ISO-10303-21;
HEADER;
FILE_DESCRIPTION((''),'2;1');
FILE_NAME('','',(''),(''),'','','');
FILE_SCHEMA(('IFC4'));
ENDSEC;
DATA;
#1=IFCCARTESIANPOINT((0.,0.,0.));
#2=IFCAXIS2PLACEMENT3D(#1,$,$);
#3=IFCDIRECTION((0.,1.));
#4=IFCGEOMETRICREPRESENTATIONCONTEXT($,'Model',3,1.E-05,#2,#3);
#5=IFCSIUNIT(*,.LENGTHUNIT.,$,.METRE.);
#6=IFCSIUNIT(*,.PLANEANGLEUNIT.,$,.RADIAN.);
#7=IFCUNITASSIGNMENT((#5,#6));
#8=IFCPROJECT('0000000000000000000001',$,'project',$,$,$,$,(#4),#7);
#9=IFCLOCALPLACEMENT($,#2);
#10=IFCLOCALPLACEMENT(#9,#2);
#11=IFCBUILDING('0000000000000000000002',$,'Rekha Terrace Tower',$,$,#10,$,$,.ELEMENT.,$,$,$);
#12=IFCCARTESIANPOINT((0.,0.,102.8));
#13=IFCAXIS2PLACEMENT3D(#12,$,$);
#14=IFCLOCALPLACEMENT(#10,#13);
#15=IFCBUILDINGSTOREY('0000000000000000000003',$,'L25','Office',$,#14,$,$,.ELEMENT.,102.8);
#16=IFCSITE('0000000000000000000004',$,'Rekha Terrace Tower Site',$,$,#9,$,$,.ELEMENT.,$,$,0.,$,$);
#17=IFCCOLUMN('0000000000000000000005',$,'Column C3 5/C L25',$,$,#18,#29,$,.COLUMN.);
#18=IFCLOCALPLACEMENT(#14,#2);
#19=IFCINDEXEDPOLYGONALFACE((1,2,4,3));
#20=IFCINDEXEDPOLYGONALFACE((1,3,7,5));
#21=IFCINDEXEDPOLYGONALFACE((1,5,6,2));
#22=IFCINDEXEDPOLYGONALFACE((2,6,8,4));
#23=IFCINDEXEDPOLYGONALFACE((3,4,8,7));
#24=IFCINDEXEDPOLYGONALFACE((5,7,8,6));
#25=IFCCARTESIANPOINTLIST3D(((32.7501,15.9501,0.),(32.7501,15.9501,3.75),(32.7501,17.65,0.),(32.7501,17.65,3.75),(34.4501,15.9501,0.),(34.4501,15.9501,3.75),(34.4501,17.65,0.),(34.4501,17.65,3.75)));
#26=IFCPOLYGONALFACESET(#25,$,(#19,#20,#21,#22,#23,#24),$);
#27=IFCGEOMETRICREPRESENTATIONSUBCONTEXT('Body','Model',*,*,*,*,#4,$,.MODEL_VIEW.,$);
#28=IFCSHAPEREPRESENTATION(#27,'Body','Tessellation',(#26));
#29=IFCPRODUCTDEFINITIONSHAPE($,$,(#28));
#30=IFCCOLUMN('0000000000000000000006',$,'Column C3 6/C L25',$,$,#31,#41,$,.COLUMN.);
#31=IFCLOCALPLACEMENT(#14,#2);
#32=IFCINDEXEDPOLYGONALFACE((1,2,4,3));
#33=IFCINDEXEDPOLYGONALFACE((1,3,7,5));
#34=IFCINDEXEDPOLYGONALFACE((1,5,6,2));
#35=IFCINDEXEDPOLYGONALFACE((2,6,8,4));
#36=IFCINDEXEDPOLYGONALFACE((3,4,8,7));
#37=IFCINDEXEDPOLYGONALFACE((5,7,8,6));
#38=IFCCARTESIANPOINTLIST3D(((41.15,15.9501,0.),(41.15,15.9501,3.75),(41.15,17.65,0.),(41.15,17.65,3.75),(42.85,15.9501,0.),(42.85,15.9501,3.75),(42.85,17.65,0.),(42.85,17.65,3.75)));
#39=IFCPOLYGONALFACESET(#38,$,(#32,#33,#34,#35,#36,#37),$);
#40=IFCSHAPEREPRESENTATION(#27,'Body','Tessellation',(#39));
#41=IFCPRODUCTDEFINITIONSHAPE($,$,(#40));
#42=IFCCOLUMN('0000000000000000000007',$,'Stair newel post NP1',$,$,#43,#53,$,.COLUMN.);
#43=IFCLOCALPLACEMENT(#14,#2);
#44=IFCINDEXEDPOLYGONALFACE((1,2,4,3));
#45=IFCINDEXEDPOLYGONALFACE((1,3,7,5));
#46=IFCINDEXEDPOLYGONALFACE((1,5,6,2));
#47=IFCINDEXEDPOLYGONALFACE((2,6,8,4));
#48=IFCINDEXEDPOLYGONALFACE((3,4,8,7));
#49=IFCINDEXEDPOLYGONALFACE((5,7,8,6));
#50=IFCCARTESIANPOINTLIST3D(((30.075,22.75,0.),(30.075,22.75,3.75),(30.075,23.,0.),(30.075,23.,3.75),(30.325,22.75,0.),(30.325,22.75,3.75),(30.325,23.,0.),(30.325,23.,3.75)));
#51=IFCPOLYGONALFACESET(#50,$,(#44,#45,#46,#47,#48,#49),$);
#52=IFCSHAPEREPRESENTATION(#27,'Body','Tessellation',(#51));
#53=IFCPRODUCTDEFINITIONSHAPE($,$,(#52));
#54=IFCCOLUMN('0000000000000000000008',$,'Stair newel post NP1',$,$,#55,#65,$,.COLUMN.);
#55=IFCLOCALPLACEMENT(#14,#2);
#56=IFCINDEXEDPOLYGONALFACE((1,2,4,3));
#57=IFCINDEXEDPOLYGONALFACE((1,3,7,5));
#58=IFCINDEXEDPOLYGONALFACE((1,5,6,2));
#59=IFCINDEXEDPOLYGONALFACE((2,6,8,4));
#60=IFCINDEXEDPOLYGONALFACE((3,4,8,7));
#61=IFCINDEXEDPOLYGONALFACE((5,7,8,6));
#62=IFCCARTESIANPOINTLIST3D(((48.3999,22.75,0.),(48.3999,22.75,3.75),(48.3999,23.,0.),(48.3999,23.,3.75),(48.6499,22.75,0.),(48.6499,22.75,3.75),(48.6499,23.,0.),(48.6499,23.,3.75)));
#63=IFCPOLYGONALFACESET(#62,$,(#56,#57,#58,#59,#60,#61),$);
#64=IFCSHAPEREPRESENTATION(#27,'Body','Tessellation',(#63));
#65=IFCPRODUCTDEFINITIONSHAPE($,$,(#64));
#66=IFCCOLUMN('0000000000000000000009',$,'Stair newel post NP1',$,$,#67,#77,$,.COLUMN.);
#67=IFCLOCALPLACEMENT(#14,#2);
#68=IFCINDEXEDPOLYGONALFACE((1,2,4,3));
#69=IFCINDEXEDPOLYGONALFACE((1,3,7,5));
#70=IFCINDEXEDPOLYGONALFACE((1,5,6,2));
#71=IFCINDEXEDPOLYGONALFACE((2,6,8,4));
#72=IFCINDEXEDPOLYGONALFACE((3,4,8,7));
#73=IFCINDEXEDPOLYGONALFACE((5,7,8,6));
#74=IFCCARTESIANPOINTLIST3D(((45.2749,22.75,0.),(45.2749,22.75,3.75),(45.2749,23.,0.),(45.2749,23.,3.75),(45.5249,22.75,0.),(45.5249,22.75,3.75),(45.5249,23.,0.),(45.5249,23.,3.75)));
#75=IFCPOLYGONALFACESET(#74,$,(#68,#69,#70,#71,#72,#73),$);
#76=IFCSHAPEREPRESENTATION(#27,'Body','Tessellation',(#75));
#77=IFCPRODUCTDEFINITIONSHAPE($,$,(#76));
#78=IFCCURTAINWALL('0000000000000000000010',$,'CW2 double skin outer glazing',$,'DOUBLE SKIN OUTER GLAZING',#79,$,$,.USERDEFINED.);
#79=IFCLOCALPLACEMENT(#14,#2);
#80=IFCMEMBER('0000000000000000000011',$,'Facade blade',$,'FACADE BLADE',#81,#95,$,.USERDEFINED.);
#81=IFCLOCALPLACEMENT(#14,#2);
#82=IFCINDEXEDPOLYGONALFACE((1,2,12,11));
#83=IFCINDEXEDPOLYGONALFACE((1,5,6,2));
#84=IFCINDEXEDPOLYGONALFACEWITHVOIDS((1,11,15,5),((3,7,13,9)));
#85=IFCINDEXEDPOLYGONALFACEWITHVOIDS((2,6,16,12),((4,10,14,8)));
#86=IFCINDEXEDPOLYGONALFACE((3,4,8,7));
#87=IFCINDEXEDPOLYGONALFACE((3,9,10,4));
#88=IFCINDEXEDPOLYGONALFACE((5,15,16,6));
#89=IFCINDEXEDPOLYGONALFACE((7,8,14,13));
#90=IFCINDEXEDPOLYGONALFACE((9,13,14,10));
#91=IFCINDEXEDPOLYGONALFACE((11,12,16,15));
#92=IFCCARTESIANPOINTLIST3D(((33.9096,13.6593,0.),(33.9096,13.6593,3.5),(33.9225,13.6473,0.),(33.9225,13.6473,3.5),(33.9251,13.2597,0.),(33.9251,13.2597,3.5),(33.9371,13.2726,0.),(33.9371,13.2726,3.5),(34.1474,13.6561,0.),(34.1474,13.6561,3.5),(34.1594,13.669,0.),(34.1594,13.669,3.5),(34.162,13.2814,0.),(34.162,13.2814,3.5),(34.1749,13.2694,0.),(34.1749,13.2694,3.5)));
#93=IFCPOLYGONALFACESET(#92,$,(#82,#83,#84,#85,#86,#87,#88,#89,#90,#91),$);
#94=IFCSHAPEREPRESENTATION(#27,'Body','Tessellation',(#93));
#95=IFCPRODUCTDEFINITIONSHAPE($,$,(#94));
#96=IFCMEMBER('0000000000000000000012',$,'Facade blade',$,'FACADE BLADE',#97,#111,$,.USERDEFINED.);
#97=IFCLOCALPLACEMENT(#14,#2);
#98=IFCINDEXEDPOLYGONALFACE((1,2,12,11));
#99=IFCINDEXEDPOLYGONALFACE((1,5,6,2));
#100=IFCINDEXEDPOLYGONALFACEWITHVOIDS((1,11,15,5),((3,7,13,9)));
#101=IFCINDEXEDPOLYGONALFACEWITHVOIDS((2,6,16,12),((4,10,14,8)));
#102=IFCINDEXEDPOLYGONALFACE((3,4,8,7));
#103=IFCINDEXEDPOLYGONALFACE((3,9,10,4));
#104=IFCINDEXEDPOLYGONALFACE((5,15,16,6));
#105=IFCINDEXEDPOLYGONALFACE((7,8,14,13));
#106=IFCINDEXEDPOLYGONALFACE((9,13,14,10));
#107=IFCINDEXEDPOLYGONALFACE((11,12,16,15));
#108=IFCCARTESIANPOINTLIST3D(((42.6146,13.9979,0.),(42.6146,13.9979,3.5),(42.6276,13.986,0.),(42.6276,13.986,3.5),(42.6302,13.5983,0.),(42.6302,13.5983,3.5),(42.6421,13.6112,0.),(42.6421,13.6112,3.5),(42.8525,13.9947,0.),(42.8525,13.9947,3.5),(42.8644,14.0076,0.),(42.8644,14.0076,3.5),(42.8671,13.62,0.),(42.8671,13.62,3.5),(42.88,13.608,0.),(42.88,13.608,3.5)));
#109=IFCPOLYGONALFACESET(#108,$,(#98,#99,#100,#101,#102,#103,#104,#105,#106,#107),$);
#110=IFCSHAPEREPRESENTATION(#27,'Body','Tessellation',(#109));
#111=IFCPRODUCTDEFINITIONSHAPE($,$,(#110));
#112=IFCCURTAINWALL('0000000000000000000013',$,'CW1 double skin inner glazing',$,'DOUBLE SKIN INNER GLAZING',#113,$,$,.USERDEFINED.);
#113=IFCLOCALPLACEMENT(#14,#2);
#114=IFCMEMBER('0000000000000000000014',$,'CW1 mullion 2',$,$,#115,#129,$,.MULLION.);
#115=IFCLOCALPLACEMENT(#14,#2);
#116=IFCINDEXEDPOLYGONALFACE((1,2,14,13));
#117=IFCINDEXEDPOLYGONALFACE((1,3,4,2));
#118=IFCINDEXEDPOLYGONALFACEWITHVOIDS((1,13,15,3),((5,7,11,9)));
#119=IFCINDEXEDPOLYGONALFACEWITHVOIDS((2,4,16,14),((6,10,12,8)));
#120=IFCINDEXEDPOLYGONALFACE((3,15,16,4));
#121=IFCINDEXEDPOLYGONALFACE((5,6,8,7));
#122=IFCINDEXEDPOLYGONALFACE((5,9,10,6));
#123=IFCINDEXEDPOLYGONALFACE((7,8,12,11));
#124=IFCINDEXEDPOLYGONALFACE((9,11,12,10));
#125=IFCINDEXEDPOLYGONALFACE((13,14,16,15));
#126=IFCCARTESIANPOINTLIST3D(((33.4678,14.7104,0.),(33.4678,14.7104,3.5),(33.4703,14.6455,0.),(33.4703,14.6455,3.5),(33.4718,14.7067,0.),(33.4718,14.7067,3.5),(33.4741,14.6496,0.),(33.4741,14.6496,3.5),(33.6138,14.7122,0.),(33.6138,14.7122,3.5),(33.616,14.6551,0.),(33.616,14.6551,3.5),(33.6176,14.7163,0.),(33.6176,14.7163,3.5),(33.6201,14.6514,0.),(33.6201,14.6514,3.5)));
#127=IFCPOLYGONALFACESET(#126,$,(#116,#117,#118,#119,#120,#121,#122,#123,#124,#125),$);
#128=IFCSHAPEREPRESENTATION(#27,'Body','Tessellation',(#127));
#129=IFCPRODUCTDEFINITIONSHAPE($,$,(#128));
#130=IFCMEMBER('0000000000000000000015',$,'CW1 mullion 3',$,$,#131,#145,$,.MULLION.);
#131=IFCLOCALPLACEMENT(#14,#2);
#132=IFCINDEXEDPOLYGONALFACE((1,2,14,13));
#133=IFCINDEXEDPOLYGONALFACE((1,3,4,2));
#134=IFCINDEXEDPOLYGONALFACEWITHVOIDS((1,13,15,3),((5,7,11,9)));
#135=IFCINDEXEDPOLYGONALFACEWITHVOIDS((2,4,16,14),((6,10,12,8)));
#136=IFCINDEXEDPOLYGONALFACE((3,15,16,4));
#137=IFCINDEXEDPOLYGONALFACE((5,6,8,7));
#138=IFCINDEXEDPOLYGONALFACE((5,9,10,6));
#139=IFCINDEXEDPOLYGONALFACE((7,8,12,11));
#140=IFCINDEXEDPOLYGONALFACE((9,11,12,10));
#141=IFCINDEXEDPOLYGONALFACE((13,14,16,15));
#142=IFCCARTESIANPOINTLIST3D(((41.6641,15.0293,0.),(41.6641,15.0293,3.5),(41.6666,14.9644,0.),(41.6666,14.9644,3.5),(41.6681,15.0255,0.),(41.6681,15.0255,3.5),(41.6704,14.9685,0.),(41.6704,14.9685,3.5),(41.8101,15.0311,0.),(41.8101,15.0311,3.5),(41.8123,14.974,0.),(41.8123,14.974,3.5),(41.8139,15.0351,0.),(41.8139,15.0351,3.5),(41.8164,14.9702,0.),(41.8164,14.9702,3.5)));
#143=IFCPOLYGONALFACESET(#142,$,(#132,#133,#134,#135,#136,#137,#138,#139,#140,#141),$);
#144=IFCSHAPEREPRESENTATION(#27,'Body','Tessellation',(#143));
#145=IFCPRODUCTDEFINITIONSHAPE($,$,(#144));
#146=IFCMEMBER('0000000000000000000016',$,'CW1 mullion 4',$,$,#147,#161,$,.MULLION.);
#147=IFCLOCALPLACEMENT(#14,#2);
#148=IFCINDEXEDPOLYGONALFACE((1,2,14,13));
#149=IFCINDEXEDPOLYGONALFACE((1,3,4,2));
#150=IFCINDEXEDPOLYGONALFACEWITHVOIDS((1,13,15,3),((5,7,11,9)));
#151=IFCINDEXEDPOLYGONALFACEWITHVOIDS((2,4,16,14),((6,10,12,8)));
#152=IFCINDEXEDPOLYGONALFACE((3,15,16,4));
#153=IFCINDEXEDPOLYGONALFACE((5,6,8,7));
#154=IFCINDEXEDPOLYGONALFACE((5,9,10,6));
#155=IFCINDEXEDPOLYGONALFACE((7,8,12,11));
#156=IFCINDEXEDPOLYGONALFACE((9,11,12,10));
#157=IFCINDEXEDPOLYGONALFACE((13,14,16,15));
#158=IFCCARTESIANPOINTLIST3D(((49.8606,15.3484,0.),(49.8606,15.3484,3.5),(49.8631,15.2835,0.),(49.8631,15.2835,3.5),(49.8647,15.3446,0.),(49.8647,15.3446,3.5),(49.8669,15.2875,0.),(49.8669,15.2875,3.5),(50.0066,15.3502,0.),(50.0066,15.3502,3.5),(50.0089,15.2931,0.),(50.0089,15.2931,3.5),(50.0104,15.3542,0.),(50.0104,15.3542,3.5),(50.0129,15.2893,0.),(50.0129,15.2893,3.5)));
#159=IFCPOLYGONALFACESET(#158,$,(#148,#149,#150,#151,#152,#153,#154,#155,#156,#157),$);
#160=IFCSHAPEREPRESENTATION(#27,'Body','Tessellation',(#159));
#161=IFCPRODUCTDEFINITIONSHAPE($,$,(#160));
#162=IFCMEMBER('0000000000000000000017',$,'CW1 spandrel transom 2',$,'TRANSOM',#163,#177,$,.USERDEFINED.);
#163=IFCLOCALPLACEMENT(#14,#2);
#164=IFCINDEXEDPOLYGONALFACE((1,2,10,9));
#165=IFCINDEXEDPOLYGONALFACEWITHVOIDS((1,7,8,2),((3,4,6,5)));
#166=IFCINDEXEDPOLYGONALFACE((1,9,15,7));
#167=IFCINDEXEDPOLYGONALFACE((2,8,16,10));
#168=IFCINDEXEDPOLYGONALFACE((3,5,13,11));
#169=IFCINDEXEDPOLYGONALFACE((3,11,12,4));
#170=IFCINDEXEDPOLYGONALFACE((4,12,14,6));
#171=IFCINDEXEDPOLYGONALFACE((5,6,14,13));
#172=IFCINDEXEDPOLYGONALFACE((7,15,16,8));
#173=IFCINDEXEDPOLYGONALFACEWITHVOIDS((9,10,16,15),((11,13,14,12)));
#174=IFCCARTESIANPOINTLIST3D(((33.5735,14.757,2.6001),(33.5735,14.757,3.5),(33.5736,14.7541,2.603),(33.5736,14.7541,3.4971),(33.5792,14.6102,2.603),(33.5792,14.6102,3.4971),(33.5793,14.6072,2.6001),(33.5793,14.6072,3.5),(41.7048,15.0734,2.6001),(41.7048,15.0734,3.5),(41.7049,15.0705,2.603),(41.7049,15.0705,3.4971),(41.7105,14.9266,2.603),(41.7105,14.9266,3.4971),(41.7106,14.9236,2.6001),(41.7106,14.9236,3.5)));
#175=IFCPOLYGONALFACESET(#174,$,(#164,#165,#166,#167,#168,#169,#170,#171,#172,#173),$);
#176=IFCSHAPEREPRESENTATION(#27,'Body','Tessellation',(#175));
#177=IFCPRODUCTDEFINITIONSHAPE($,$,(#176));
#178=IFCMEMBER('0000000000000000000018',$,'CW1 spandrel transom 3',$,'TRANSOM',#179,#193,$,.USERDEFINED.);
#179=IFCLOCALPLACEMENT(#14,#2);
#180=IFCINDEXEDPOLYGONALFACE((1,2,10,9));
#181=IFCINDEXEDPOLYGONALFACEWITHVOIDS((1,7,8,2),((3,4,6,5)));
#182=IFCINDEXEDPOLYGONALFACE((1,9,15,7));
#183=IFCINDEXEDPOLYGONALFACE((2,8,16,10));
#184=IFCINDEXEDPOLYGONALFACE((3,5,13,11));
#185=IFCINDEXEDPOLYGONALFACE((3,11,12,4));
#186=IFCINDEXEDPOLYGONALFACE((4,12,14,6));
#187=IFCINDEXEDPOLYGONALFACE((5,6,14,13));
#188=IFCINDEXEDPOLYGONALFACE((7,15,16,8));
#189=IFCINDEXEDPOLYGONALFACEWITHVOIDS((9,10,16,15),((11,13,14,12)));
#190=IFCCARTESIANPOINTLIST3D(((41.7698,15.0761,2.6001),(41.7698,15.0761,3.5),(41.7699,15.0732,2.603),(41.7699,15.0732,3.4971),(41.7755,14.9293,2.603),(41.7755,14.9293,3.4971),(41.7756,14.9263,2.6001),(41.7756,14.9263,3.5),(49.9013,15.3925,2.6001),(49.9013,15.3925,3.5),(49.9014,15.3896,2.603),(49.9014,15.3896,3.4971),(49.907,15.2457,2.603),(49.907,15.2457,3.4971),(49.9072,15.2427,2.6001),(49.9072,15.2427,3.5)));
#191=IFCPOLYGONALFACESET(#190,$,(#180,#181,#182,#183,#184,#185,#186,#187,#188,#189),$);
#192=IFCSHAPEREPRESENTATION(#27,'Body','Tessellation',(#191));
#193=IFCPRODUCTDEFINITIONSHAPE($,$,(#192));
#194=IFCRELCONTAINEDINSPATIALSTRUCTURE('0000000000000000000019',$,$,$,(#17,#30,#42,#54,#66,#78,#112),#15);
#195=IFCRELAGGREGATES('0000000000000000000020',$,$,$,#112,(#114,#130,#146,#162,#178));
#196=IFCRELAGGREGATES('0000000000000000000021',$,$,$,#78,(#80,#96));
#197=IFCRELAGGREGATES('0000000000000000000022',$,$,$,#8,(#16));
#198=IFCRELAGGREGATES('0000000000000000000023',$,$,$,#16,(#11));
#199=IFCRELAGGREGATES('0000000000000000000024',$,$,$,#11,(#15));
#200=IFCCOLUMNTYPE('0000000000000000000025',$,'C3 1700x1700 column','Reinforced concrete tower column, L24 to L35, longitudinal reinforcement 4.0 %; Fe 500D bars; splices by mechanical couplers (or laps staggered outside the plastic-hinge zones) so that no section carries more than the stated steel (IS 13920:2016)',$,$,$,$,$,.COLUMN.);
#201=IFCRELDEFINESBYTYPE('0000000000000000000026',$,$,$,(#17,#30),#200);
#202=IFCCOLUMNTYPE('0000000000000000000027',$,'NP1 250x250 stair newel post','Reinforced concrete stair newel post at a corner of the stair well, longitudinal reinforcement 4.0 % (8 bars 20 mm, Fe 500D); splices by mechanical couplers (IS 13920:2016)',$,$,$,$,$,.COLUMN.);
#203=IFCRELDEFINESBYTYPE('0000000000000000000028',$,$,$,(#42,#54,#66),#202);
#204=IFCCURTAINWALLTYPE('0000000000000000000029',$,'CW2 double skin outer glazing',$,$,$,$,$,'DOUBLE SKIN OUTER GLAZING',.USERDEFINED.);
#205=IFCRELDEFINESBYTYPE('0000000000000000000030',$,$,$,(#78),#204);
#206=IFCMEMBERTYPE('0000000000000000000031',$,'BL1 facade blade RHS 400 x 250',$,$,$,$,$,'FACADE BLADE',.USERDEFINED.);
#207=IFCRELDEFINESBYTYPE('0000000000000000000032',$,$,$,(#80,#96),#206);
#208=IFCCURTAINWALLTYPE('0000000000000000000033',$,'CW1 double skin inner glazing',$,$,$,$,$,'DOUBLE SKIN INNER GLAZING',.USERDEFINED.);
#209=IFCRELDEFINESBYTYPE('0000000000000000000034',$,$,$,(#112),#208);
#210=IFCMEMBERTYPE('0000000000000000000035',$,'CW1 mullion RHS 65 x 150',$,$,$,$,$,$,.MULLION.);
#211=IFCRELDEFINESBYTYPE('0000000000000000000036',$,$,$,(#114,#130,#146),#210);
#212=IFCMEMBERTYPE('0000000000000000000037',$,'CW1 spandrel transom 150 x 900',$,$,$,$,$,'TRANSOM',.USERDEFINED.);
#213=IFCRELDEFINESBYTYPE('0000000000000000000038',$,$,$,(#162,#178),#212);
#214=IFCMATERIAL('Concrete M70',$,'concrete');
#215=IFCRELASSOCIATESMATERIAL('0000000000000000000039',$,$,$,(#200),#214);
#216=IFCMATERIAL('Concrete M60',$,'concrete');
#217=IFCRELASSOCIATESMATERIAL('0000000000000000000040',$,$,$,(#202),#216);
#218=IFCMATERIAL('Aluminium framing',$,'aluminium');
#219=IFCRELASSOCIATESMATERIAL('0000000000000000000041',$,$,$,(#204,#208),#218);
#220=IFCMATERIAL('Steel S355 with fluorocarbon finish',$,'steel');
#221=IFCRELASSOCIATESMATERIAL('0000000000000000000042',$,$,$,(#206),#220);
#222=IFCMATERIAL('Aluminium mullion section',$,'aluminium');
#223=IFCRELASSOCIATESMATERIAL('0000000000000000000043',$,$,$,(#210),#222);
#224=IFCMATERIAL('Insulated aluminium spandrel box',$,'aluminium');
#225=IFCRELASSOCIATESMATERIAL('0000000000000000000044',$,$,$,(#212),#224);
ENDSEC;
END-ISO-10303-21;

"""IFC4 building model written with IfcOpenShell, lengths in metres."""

from ifc_helpers import new_model, si_unit, direction, frame, origin, origin_2d, place, context, subcontext, project, spatial, rectangle, hollow_rectangle, extrude, material, material_profile, profile_set, type_object, element, aggregate, save


model = new_model("IFC4")

# Units and contexts
model_context = context("Model", 3, precision=1e-05, world=origin(), true_north=direction((0.0, 1.0)))
body_context = subcontext(model_context, "Body", "Model", "MODEL_VIEW")
ifc_project = project(units=[si_unit("LENGTHUNIT", "METRE"), si_unit("PLANEANGLEUNIT", "RADIAN")], contexts=[model_context])

# Site, building, storey
site_placement = place(None, origin())
site = spatial("IfcSite", under=ifc_project, at=site_placement, Name="Rekha Terrace Tower Site", CompositionType="ELEMENT", RefElevation=0.0)
building_placement = place(site_placement, origin())
building = spatial("IfcBuilding", under=site, at=building_placement, Name="Rekha Terrace Tower", CompositionType="ELEMENT")
storey_placement = place(building_placement, frame((0.0, 0.0, 102.8)))
storey = spatial("IfcBuildingStorey", under=building, at=storey_placement, Name="L25", Description="Office", CompositionType="ELEMENT", Elevation=102.8)

# Columns
ifc_material_1 = material(Name="Concrete M70", Category="concrete")
ifc_material_profile_1 = material_profile(ifc_material_1, rectangle(XDim=1.7, YDim=1.7, at=origin_2d()), Name="RC 1700x1700")
ifc_profile_set_1 = profile_set([ifc_material_profile_1], Name="Concrete M70")
column_type_1 = type_object("IfcColumnType", Name="C3 1700x1700 column", Description="Reinforced concrete tower column, L24 to L35, longitudinal reinforcement 4.0 %; Fe 500D bars; splices by mechanical couplers (or laps staggered outside the plastic-hinge zones) so that no section carries more than the stated steel (IS 13920:2016)", PredefinedType="COLUMN", material=ifc_profile_set_1)
for number, where, z_axis, x_axis, name in (
    (1, (33.6001, 16.8, 0.0), (0.0, 0.0, 1.0), (1.0, 0.0, 0.0), "Column C3 5/C L25"),
    (2, (42.0, 16.8, 0.0), (0.0, 0.0, 1.0), (1.0, 0.0, 0.0), "Column C3 6/C L25"),
):
    element("IfcColumn", number, at=place(storey_placement, frame(where, z_axis=z_axis, x_axis=x_axis)), inside=storey, type_object=column_type_1, Name=name, PredefinedType="COLUMN", context=body_context, shape_type="SweptSolid", body=[
        extrude(rectangle(XDim=1.7, YDim=1.7, at=origin_2d()), origin(), (0.0, 0.0, 1.0), 3.75),
    ])
ifc_material_2 = material(Name="Concrete M60", Category="concrete")
ifc_material_profile_2 = material_profile(ifc_material_2, rectangle(XDim=0.25, YDim=0.25, at=origin_2d()), Name="RC 250x250")
ifc_profile_set_2 = profile_set([ifc_material_profile_2], Name="Concrete M60")
column_type_2 = type_object("IfcColumnType", Name="NP1 250x250 stair newel post", Description="Reinforced concrete stair newel post at a corner of the stair well, longitudinal reinforcement 4.0 % (8 bars 20 mm, Fe 500D); splices by mechanical couplers (IS 13920:2016)", PredefinedType="COLUMN", material=ifc_profile_set_2)
for number, where, z_axis, x_axis, name in (
    (3, (30.2, 22.875, 0.0), (0.0, 0.0, 1.0), (1.0, 0.0, 0.0), "Stair newel post NP1"),
    (4, (48.5249, 22.875, 0.0), (0.0, 0.0, 1.0), (1.0, 0.0, 0.0), "Stair newel post NP1"),
    (5, (45.3999, 22.875, 0.0), (0.0, 0.0, 1.0), (1.0, 0.0, 0.0), "Stair newel post NP1"),
):
    element("IfcColumn", number, at=place(storey_placement, frame(where, z_axis=z_axis, x_axis=x_axis)), inside=storey, type_object=column_type_2, Name=name, PredefinedType="COLUMN", context=body_context, shape_type="SweptSolid", body=[
        extrude(rectangle(XDim=0.25, YDim=0.25, at=origin_2d()), origin(), (0.0, 0.0, 1.0), 3.75),
    ])

# Curtain walls, members
ifc_material_3 = material(Name="Aluminium framing", Category="aluminium")
curtain_wall_type_1 = type_object("IfcCurtainWallType", Name="CW2 double skin outer glazing", ElementType="DOUBLE SKIN OUTER GLAZING", PredefinedType="USERDEFINED", material=ifc_material_3)
curtain_wall_1_placement = place(storey_placement, origin())
curtain_wall_1 = element("IfcCurtainWall", 6, at=curtain_wall_1_placement, inside=storey, type_object=curtain_wall_type_1, Name="CW2 double skin outer glazing", ObjectType="DOUBLE SKIN OUTER GLAZING", PredefinedType="USERDEFINED")
ifc_material_4 = material(Name="Steel S355 with fluorocarbon finish", Category="steel")
ifc_material_profile_3 = material_profile(ifc_material_4, hollow_rectangle(XDim=0.25, YDim=0.3999, WallThickness=0.0125, at=origin_2d()), Name="RHS400x250x12.5")
ifc_profile_set_3 = profile_set([ifc_material_profile_3], Name="Steel S355 with fluorocarbon finish")
member_type_1 = type_object("IfcMemberType", Name="BL1 facade blade RHS 400 x 250", ElementType="FACADE BLADE", PredefinedType="USERDEFINED", material=ifc_profile_set_3)
member_1_placement = place(storey_placement, frame((34.0422, 13.4644, 0.0), z_axis=(0.0, 0.0, 1.0), x_axis=(0.999243, 0.03889, 0.0)))
member_1 = element("IfcMember", 7, at=member_1_placement, type_object=member_type_1, Name="Facade blade", ObjectType="FACADE BLADE", PredefinedType="USERDEFINED", context=body_context, shape_type="SweptSolid", body=[
    extrude(hollow_rectangle(XDim=0.25, YDim=0.3999, WallThickness=0.0125, at=origin_2d()), origin(), (0.0, 0.0, 1.0), 3.5),
])
member_2_placement = place(storey_placement, frame((42.7473, 13.803, 0.0), z_axis=(0.0, 0.0, 1.0), x_axis=(0.999243, 0.03889, 0.0)))
member_2 = element("IfcMember", 8, at=member_2_placement, type_object=member_type_1, Name="Facade blade", ObjectType="FACADE BLADE", PredefinedType="USERDEFINED", context=body_context, shape_type="SweptSolid", body=[
    extrude(hollow_rectangle(XDim=0.25, YDim=0.3999, WallThickness=0.0125, at=origin_2d()), origin(), (0.0, 0.0, 1.0), 3.5),
])
curtain_wall_type_2 = type_object("IfcCurtainWallType", Name="CW1 double skin inner glazing", ElementType="DOUBLE SKIN INNER GLAZING", PredefinedType="USERDEFINED", material=ifc_material_3)
curtain_wall_2_placement = place(storey_placement, origin())
curtain_wall_2 = element("IfcCurtainWall", 9, at=curtain_wall_2_placement, inside=storey, type_object=curtain_wall_type_2, Name="CW1 double skin inner glazing", ObjectType="DOUBLE SKIN INNER GLAZING", PredefinedType="USERDEFINED")
ifc_material_5 = material(Name="Aluminium mullion section", Category="aluminium")
ifc_material_profile_4 = material_profile(ifc_material_5, hollow_rectangle(XDim=0.0649, YDim=0.1499, WallThickness=0.0039, at=origin_2d()), Name="AL RHS 65x150")
ifc_profile_set_4 = profile_set([ifc_material_profile_4], Name="Aluminium mullion section")
member_type_2 = type_object("IfcMemberType", Name="CW1 mullion RHS 65 x 150", PredefinedType="MULLION", material=ifc_profile_set_4)
member_3_placement = place(storey_placement, frame((33.5439, 14.6809, 0.0), z_axis=(0.0, 0.0, 1.0), x_axis=(-0.03889, 0.999243, 0.0)))
member_3 = element("IfcMember", 10, at=member_3_placement, type_object=member_type_2, Name="CW1 mullion 2", PredefinedType="MULLION", context=body_context, shape_type="SweptSolid", body=[
    extrude(hollow_rectangle(XDim=0.0649, YDim=0.1499, WallThickness=0.0039, at=origin_2d()), origin(), (0.0, 0.0, 1.0), 3.5),
])
member_4_placement = place(storey_placement, frame((41.7402, 14.9998, 0.0), z_axis=(0.0, 0.0, 1.0), x_axis=(-0.03889, 0.999243, 0.0)))
member_4 = element("IfcMember", 11, at=member_4_placement, type_object=member_type_2, Name="CW1 mullion 3", PredefinedType="MULLION", context=body_context, shape_type="SweptSolid", body=[
    extrude(hollow_rectangle(XDim=0.0649, YDim=0.1499, WallThickness=0.0039, at=origin_2d()), origin(), (0.0, 0.0, 1.0), 3.5),
])
member_5_placement = place(storey_placement, frame((49.9368, 15.3188, 0.0), z_axis=(0.0, 0.0, 1.0), x_axis=(-0.03889, 0.999243, 0.0)))
member_5 = element("IfcMember", 12, at=member_5_placement, type_object=member_type_2, Name="CW1 mullion 4", PredefinedType="MULLION", context=body_context, shape_type="SweptSolid", body=[
    extrude(hollow_rectangle(XDim=0.0649, YDim=0.1499, WallThickness=0.0039, at=origin_2d()), origin(), (0.0, 0.0, 1.0), 3.5),
])
ifc_material_6 = material(Name="Insulated aluminium spandrel box", Category="aluminium")
ifc_material_profile_5 = material_profile(ifc_material_6, hollow_rectangle(XDim=0.1499, YDim=0.8999, WallThickness=0.0029, at=origin_2d()), Name="AL SPANDREL BOX 150x900")
ifc_profile_set_5 = profile_set([ifc_material_profile_5], Name="Insulated aluminium spandrel box")
member_type_3 = type_object("IfcMemberType", Name="CW1 spandrel transom 150 x 900", ElementType="TRANSOM", PredefinedType="USERDEFINED", material=ifc_profile_set_5)
member_6_placement = place(storey_placement, frame((33.5764, 14.6821, 3.05), z_axis=(0.999244, 0.038882, 0.0), x_axis=(-0.038882, 0.999244, 0.0)))
member_6 = element("IfcMember", 13, at=member_6_placement, type_object=member_type_3, Name="CW1 spandrel transom 2", ObjectType="TRANSOM", PredefinedType="USERDEFINED", context=body_context, shape_type="SweptSolid", body=[
    extrude(hollow_rectangle(XDim=0.1499, YDim=0.8999, WallThickness=0.0029, at=origin_2d()), origin(), (0.0, 0.0, 1.0), 8.1375),
])
member_7_placement = place(storey_placement, frame((41.7727, 15.0012, 3.05), z_axis=(0.999244, 0.038881, 0.0), x_axis=(-0.038881, 0.999244, 0.0)))
member_7 = element("IfcMember", 14, at=member_7_placement, type_object=member_type_3, Name="CW1 spandrel transom 3", ObjectType="TRANSOM", PredefinedType="USERDEFINED", context=body_context, shape_type="SweptSolid", body=[
    extrude(hollow_rectangle(XDim=0.1499, YDim=0.8999, WallThickness=0.0029, at=origin_2d()), origin(), (0.0, 0.0, 1.0), 8.1377),
])

aggregate(curtain_wall_2, [member_3, member_4, member_5, member_6, member_7])
aggregate(curtain_wall_1, [member_1, member_2])

save(model, "model.ifc")
